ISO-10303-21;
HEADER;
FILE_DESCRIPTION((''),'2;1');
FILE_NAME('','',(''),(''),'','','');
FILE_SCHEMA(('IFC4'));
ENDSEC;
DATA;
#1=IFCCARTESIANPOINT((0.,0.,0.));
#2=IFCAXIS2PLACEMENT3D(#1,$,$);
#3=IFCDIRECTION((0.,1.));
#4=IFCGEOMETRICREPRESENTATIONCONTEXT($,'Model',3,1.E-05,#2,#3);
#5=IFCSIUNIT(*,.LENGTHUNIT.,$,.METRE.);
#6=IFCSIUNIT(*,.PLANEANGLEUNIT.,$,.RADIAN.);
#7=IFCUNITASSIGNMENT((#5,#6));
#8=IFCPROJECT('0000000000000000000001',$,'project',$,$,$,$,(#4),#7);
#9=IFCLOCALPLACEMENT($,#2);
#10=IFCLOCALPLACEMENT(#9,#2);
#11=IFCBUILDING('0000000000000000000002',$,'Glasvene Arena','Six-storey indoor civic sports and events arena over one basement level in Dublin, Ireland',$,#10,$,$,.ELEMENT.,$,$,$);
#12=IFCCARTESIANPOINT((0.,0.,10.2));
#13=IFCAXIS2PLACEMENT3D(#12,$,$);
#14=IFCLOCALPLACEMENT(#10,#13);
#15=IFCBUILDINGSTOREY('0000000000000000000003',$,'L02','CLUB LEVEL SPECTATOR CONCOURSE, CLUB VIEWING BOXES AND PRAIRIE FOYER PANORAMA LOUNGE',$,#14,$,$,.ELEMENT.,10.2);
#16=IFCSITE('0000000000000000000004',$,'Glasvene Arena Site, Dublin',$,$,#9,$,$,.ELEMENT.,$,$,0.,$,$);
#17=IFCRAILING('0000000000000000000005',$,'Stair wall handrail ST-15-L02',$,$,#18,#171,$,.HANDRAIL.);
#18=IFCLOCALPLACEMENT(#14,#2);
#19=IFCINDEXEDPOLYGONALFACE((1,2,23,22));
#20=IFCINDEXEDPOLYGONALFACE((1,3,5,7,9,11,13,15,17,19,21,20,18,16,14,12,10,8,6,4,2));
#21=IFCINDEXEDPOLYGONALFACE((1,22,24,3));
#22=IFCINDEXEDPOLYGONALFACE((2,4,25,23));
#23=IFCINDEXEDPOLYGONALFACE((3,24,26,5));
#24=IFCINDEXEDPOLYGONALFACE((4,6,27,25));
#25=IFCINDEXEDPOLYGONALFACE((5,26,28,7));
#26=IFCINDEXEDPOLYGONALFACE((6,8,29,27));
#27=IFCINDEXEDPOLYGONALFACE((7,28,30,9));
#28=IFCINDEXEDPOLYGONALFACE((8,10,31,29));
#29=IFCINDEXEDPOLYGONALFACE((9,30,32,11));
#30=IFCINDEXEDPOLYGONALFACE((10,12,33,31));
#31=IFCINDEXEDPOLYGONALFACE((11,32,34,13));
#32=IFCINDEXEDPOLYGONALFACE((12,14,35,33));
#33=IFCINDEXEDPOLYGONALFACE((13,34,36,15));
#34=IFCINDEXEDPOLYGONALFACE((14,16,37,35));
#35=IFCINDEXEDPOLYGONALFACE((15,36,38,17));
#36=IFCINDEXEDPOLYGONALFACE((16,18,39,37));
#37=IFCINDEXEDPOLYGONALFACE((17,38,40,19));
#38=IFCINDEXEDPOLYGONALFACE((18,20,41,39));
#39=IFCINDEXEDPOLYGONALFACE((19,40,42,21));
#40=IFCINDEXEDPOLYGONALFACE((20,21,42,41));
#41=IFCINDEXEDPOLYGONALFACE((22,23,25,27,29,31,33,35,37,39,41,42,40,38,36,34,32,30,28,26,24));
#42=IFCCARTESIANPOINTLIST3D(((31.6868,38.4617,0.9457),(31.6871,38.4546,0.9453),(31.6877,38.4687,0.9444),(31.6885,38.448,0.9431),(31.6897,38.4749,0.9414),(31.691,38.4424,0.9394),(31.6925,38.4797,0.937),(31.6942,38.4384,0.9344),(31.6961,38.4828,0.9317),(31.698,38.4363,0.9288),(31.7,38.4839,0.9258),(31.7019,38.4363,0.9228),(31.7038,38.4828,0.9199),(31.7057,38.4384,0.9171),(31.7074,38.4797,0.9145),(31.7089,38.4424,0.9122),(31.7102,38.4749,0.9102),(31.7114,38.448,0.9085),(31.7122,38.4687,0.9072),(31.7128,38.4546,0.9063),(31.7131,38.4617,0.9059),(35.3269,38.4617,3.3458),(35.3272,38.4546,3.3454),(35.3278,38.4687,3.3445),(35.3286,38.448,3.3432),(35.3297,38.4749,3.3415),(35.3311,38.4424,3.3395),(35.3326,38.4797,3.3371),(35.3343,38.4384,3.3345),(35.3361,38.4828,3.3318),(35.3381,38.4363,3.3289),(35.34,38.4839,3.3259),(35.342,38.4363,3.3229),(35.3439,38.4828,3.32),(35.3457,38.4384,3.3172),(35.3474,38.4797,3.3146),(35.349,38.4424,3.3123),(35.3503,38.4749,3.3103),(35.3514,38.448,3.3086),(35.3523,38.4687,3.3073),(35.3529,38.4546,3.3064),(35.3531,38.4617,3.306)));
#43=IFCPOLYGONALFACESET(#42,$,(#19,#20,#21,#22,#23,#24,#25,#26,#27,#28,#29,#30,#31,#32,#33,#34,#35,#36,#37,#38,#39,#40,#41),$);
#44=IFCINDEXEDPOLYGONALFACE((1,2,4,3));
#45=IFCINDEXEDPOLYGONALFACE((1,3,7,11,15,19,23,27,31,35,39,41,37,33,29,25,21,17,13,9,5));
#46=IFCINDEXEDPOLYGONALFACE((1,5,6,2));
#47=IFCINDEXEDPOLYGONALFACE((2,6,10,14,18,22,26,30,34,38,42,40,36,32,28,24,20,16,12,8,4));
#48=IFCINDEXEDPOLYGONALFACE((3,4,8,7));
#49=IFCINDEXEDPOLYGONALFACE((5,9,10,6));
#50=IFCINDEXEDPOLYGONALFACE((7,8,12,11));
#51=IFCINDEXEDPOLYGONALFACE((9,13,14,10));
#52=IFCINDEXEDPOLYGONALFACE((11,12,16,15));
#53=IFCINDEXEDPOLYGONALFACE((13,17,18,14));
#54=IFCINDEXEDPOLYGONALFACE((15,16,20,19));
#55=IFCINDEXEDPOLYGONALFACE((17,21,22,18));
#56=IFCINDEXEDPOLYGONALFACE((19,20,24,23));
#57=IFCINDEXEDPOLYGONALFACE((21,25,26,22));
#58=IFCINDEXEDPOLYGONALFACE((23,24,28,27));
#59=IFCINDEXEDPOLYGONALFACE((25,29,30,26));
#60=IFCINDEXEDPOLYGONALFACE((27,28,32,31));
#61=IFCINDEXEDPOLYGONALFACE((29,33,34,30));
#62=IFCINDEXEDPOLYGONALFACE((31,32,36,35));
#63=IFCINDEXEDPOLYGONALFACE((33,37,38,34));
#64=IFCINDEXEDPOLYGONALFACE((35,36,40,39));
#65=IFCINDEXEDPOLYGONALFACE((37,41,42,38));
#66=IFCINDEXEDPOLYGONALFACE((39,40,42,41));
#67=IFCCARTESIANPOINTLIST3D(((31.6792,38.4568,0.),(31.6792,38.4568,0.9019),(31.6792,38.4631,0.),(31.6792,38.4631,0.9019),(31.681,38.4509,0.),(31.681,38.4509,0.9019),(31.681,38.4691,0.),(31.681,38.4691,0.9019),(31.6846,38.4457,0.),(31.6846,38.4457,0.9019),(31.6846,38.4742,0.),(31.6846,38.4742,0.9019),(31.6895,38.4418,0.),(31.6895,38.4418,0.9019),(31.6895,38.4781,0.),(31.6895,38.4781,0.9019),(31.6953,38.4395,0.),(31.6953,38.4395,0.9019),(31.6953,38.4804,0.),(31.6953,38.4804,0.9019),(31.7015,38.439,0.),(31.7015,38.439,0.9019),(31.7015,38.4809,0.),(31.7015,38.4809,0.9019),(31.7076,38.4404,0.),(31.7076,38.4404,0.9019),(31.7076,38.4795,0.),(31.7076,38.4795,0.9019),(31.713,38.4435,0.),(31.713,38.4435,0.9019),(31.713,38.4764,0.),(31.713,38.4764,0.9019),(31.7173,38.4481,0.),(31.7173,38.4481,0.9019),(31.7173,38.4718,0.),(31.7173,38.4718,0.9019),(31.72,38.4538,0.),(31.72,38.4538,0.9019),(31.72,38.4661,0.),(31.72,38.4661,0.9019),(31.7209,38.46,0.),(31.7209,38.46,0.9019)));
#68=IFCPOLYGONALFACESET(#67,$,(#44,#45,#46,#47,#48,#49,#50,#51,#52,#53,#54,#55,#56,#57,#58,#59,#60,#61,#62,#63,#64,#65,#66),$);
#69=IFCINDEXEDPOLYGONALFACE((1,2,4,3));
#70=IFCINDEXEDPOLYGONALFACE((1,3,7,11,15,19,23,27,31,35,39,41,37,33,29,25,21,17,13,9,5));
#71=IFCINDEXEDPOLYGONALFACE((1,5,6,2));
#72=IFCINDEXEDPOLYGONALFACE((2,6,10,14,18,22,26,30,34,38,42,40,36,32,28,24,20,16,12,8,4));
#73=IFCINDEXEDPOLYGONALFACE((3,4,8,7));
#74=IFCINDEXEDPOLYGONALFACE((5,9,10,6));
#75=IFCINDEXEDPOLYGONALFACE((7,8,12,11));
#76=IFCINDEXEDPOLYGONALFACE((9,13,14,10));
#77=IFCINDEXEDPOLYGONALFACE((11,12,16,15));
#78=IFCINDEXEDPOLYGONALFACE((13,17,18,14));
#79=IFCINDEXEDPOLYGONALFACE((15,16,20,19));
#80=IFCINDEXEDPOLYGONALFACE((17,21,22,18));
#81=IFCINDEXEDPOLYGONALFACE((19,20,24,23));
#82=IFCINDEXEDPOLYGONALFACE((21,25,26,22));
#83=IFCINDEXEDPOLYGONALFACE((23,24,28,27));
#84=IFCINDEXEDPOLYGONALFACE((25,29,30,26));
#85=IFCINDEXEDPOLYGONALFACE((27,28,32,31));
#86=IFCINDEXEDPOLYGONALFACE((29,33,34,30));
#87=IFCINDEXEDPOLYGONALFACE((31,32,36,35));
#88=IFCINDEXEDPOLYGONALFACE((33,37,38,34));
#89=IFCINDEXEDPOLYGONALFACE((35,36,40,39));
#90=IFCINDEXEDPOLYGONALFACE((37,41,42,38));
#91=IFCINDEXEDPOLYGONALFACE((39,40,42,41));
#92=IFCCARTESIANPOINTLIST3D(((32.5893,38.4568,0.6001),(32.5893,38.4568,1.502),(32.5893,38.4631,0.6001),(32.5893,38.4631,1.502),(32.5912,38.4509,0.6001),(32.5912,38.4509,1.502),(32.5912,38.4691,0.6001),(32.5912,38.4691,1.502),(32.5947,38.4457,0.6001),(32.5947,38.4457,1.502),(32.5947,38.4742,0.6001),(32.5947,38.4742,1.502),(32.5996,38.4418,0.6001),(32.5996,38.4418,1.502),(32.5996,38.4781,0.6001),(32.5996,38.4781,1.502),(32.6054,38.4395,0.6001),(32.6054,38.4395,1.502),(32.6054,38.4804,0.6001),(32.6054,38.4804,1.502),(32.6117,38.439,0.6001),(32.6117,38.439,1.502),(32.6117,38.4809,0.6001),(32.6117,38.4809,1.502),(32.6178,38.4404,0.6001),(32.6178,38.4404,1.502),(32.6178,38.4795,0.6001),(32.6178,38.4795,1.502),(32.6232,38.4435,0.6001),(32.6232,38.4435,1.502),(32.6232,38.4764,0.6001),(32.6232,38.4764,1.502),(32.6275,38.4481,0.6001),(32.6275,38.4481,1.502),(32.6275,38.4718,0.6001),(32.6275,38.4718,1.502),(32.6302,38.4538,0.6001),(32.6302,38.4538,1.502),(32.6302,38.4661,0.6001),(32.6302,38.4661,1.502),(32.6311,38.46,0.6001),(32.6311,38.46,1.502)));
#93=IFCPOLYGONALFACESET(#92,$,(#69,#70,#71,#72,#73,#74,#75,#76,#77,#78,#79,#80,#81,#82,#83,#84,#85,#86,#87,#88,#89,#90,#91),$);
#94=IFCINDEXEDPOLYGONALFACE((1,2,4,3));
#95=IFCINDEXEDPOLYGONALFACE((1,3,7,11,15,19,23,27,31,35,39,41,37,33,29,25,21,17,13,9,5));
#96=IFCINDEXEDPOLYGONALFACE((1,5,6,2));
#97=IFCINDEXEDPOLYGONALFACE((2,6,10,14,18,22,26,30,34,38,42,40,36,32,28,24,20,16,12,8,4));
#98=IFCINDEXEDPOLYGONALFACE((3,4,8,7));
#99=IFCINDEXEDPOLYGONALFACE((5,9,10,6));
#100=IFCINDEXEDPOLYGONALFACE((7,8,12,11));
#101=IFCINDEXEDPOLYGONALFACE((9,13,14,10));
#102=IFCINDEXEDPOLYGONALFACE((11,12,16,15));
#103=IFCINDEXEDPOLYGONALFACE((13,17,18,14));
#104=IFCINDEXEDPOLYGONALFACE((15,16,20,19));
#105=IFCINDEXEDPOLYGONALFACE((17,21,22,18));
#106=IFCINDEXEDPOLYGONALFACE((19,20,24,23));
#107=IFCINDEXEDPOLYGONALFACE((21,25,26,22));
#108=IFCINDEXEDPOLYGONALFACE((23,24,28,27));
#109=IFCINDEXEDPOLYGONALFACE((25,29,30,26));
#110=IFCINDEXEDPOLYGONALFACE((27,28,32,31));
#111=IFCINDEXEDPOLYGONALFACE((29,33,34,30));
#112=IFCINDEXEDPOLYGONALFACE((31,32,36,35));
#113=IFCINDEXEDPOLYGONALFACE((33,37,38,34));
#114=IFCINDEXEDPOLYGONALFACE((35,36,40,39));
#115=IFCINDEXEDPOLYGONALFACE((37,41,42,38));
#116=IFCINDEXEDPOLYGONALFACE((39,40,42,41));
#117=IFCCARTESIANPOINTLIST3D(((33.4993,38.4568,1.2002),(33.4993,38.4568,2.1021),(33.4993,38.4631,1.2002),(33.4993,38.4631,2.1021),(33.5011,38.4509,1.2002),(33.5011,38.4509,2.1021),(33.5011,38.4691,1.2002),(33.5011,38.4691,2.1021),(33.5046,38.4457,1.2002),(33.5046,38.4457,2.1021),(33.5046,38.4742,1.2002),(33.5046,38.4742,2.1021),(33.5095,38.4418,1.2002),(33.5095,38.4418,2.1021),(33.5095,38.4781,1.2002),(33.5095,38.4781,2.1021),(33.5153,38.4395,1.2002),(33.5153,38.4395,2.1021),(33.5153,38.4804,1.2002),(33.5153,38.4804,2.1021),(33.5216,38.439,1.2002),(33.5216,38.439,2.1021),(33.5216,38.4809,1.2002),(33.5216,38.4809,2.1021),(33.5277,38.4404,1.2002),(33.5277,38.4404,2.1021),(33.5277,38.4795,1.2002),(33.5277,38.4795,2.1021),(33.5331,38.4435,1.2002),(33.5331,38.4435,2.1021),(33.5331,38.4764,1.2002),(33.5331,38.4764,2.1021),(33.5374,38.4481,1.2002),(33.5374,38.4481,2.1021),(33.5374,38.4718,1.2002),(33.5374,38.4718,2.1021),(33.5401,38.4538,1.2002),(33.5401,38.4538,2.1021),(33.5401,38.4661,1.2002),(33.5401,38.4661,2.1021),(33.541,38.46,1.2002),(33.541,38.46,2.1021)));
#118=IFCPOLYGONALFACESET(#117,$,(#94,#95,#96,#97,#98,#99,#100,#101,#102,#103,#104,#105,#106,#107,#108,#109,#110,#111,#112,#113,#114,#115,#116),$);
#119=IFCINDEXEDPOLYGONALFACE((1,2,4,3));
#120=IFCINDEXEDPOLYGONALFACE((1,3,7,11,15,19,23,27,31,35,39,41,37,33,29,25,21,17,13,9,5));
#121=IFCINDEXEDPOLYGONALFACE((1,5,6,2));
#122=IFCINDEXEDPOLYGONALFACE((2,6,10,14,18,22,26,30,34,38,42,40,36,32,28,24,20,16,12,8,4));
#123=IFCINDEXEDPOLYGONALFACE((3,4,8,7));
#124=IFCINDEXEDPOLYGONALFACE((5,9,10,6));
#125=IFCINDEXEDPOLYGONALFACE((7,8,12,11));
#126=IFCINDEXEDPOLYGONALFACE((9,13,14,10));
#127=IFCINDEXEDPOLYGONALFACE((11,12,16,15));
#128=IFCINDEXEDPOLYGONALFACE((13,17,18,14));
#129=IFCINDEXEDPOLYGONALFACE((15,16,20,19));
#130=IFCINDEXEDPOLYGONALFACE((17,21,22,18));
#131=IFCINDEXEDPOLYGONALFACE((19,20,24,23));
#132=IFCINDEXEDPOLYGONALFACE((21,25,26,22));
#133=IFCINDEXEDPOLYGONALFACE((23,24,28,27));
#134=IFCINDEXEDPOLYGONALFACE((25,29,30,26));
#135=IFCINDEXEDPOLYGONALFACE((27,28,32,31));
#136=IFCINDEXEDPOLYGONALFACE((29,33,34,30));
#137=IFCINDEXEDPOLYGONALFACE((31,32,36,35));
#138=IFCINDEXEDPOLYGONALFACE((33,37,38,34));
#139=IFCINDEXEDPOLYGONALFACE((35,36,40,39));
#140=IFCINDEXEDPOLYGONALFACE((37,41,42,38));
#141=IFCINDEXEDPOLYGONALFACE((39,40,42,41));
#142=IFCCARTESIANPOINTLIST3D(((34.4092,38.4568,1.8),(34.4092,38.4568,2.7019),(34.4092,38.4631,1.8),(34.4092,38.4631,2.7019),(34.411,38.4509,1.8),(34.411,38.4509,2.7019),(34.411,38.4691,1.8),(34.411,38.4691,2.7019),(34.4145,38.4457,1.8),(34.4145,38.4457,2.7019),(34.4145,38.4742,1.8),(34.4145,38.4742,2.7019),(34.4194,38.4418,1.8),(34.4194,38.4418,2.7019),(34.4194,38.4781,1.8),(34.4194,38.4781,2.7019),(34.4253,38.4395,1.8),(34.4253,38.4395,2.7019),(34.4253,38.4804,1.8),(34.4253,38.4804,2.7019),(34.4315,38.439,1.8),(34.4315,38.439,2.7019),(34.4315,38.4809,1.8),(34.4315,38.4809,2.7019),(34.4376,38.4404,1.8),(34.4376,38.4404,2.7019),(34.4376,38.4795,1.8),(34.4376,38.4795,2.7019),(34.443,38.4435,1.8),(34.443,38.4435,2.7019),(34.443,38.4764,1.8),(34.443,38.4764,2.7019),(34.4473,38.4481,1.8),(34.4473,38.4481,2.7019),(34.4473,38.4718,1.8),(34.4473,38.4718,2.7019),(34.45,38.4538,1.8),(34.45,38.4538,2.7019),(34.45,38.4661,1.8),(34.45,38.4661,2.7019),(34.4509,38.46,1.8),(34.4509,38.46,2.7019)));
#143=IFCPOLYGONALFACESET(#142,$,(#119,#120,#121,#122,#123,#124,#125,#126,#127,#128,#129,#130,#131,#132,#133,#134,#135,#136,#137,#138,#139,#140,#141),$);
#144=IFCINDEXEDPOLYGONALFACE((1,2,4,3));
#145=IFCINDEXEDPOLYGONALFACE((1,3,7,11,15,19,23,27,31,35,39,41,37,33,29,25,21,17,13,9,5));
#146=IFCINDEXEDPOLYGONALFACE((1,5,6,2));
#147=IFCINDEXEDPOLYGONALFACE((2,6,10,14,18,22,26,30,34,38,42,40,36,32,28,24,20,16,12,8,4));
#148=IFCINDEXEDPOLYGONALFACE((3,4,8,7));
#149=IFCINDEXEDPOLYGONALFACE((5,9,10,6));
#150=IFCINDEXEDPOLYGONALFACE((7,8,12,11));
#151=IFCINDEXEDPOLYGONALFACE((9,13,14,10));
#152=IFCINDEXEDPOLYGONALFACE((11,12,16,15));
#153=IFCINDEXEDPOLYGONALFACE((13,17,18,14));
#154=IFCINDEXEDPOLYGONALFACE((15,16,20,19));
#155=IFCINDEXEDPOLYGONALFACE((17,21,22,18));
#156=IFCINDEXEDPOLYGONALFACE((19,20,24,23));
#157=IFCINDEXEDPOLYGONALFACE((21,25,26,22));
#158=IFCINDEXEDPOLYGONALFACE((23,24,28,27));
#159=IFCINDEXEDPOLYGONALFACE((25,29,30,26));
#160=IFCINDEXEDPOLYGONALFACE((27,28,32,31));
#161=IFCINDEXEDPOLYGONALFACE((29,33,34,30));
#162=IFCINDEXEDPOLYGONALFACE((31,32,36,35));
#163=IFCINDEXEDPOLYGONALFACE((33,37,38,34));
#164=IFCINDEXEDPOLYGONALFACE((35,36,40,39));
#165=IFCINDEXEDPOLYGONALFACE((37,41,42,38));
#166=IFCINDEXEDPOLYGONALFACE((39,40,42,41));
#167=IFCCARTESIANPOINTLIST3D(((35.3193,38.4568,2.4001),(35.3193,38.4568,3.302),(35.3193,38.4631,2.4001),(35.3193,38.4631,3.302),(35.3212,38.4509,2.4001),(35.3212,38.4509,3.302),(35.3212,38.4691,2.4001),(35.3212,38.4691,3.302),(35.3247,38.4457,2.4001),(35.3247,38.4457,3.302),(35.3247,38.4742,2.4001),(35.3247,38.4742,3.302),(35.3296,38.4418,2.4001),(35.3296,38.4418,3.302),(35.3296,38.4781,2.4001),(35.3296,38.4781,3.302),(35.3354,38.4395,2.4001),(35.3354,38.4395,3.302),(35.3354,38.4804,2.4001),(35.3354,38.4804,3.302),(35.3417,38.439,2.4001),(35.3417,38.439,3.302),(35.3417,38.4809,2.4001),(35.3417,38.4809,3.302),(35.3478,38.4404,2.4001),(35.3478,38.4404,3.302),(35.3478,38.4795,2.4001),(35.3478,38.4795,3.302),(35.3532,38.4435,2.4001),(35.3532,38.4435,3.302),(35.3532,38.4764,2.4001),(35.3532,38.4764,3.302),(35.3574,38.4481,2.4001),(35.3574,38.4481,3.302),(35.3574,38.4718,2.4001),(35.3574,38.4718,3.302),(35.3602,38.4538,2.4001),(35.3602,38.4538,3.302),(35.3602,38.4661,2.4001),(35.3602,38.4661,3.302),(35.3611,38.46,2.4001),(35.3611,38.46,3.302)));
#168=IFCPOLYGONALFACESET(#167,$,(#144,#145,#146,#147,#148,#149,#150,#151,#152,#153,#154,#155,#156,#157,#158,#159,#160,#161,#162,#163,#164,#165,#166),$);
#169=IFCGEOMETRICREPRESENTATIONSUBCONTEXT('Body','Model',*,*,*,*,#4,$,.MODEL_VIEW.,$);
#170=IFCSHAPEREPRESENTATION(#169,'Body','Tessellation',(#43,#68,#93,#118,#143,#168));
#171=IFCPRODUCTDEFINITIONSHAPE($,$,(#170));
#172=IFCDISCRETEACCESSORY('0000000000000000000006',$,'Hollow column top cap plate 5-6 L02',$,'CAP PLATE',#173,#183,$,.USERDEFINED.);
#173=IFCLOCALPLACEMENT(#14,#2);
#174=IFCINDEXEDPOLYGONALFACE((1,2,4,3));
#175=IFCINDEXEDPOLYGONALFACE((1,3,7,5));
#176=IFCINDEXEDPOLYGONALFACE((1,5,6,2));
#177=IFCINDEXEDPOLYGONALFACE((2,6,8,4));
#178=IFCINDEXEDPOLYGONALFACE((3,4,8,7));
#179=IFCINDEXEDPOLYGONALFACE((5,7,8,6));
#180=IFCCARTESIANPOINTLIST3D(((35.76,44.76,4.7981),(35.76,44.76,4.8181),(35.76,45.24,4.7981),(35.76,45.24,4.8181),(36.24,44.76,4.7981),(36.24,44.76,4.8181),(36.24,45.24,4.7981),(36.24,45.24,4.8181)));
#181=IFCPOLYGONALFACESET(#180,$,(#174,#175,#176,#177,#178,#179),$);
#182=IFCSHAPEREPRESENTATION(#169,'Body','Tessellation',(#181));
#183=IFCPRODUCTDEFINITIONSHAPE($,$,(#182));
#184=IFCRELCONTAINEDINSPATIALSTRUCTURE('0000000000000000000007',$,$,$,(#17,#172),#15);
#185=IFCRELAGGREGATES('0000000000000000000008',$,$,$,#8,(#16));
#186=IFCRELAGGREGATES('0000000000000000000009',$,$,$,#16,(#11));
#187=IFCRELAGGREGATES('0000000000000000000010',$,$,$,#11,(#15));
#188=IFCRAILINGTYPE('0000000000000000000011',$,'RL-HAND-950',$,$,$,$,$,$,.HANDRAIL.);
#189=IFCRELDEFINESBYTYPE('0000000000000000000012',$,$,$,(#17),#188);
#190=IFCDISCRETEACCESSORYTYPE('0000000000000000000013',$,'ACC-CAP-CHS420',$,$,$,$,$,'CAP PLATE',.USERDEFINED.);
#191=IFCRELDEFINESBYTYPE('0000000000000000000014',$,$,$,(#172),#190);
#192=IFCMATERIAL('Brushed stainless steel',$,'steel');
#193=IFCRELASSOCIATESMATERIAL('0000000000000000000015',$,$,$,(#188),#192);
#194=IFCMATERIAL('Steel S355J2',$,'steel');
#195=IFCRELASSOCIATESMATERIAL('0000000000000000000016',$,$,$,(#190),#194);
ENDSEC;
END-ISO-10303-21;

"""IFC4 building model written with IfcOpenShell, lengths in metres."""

from ifc_helpers import new_model, si_unit, direction, frame, origin, origin_2d, place, context, subcontext, project, spatial, rectangle, circle, extrude, material, type_object, element, save


model = new_model("IFC4")

# Units and contexts
model_context = context("Model", 3, precision=1e-05, world=origin(), true_north=direction((0.0, 1.0)))
body_context = subcontext(model_context, "Body", "Model", "MODEL_VIEW")
ifc_project = project(units=[si_unit("LENGTHUNIT", "METRE"), si_unit("PLANEANGLEUNIT", "RADIAN")], contexts=[model_context])

# Site, building, storey
site_placement = place(None, origin())
site = spatial("IfcSite", under=ifc_project, at=site_placement, Name="Glasvene Arena Site, Dublin", CompositionType="ELEMENT", RefElevation=0.0)
building_placement = place(site_placement, origin())
building = spatial("IfcBuilding", under=site, at=building_placement, Name="Glasvene Arena", Description="Six-storey indoor civic sports and events arena over one basement level in Dublin, Ireland", CompositionType="ELEMENT")
storey_placement = place(building_placement, frame((0.0, 0.0, 10.2)))
storey = spatial("IfcBuildingStorey", under=building, at=storey_placement, Name="L02", Description="CLUB LEVEL SPECTATOR CONCOURSE, CLUB VIEWING BOXES AND PRAIRIE FOYER PANORAMA LOUNGE", CompositionType="ELEMENT", Elevation=10.2)

# Shared definitions
ifc_material_1 = material(Name="Steel S355J2", Category="steel")

# Shared definitions
ifc_material_2 = material(Name="Brushed stainless steel", Category="steel")

# Railing
railing_type_1 = type_object("IfcRailingType", Name="RL-HAND-950", PredefinedType="HANDRAIL", material=ifc_material_2)
railing_1_placement = place(storey_placement, frame((31.7, 38.46, 0.0)))
element("IfcRailing", 1, at=railing_1_placement, inside=storey, type_object=railing_type_1, Name="Stair wall handrail ST-15-L02", PredefinedType="HANDRAIL", context=body_context, shape_type="SweptSolid", body=[
    extrude(circle(Radius=0.0239, at=origin_2d()), frame((0.0, 0.0, 0.9258), z_axis=(0.834856, 0.0, 0.550468), x_axis=(0.0, 1.0, 0.0)), (0.0, 0.0, 1.0), 4.3601),
    extrude(circle(Radius=0.021, at=origin_2d()), origin(), (0.0, 0.0, 1.0), 0.9019),
    extrude(circle(Radius=0.021, at=origin_2d()), frame((0.9102, 0.0, 0.6001)), (0.0, 0.0, 1.0), 0.9019),
    extrude(circle(Radius=0.021, at=origin_2d()), frame((1.8201, 0.0, 1.2002)), (0.0, 0.0, 1.0), 0.9019),
    extrude(circle(Radius=0.021, at=origin_2d()), frame((2.73, 0.0, 1.8)), (0.0, 0.0, 1.0), 0.9019),
    extrude(circle(Radius=0.021, at=origin_2d()), frame((3.6401, 0.0, 2.4001)), (0.0, 0.0, 1.0), 0.9019),
])

# Discrete accessory
discrete_accessory_type = type_object("IfcDiscreteAccessoryType", Name="ACC-CAP-CHS420", ElementType="CAP PLATE", PredefinedType="USERDEFINED", material=ifc_material_1)
discrete_accessory_placement = place(storey_placement, frame((36.0, 45.0, 4.7981), z_axis=(0.0, 0.0, 1.0), x_axis=(1.0, 0.0, 0.0)))
element("IfcDiscreteAccessory", 2, at=discrete_accessory_placement, inside=storey, type_object=discrete_accessory_type, Name="Hollow column top cap plate 5-6 L02", ObjectType="CAP PLATE", PredefinedType="USERDEFINED", context=body_context, shape_type="SweptSolid", body=[
    extrude(rectangle(XDim=0.48, YDim=0.48, at=origin_2d()), origin(), (0.0, 0.0, 1.0), 0.02),
])

save(model, "model.ifc")
